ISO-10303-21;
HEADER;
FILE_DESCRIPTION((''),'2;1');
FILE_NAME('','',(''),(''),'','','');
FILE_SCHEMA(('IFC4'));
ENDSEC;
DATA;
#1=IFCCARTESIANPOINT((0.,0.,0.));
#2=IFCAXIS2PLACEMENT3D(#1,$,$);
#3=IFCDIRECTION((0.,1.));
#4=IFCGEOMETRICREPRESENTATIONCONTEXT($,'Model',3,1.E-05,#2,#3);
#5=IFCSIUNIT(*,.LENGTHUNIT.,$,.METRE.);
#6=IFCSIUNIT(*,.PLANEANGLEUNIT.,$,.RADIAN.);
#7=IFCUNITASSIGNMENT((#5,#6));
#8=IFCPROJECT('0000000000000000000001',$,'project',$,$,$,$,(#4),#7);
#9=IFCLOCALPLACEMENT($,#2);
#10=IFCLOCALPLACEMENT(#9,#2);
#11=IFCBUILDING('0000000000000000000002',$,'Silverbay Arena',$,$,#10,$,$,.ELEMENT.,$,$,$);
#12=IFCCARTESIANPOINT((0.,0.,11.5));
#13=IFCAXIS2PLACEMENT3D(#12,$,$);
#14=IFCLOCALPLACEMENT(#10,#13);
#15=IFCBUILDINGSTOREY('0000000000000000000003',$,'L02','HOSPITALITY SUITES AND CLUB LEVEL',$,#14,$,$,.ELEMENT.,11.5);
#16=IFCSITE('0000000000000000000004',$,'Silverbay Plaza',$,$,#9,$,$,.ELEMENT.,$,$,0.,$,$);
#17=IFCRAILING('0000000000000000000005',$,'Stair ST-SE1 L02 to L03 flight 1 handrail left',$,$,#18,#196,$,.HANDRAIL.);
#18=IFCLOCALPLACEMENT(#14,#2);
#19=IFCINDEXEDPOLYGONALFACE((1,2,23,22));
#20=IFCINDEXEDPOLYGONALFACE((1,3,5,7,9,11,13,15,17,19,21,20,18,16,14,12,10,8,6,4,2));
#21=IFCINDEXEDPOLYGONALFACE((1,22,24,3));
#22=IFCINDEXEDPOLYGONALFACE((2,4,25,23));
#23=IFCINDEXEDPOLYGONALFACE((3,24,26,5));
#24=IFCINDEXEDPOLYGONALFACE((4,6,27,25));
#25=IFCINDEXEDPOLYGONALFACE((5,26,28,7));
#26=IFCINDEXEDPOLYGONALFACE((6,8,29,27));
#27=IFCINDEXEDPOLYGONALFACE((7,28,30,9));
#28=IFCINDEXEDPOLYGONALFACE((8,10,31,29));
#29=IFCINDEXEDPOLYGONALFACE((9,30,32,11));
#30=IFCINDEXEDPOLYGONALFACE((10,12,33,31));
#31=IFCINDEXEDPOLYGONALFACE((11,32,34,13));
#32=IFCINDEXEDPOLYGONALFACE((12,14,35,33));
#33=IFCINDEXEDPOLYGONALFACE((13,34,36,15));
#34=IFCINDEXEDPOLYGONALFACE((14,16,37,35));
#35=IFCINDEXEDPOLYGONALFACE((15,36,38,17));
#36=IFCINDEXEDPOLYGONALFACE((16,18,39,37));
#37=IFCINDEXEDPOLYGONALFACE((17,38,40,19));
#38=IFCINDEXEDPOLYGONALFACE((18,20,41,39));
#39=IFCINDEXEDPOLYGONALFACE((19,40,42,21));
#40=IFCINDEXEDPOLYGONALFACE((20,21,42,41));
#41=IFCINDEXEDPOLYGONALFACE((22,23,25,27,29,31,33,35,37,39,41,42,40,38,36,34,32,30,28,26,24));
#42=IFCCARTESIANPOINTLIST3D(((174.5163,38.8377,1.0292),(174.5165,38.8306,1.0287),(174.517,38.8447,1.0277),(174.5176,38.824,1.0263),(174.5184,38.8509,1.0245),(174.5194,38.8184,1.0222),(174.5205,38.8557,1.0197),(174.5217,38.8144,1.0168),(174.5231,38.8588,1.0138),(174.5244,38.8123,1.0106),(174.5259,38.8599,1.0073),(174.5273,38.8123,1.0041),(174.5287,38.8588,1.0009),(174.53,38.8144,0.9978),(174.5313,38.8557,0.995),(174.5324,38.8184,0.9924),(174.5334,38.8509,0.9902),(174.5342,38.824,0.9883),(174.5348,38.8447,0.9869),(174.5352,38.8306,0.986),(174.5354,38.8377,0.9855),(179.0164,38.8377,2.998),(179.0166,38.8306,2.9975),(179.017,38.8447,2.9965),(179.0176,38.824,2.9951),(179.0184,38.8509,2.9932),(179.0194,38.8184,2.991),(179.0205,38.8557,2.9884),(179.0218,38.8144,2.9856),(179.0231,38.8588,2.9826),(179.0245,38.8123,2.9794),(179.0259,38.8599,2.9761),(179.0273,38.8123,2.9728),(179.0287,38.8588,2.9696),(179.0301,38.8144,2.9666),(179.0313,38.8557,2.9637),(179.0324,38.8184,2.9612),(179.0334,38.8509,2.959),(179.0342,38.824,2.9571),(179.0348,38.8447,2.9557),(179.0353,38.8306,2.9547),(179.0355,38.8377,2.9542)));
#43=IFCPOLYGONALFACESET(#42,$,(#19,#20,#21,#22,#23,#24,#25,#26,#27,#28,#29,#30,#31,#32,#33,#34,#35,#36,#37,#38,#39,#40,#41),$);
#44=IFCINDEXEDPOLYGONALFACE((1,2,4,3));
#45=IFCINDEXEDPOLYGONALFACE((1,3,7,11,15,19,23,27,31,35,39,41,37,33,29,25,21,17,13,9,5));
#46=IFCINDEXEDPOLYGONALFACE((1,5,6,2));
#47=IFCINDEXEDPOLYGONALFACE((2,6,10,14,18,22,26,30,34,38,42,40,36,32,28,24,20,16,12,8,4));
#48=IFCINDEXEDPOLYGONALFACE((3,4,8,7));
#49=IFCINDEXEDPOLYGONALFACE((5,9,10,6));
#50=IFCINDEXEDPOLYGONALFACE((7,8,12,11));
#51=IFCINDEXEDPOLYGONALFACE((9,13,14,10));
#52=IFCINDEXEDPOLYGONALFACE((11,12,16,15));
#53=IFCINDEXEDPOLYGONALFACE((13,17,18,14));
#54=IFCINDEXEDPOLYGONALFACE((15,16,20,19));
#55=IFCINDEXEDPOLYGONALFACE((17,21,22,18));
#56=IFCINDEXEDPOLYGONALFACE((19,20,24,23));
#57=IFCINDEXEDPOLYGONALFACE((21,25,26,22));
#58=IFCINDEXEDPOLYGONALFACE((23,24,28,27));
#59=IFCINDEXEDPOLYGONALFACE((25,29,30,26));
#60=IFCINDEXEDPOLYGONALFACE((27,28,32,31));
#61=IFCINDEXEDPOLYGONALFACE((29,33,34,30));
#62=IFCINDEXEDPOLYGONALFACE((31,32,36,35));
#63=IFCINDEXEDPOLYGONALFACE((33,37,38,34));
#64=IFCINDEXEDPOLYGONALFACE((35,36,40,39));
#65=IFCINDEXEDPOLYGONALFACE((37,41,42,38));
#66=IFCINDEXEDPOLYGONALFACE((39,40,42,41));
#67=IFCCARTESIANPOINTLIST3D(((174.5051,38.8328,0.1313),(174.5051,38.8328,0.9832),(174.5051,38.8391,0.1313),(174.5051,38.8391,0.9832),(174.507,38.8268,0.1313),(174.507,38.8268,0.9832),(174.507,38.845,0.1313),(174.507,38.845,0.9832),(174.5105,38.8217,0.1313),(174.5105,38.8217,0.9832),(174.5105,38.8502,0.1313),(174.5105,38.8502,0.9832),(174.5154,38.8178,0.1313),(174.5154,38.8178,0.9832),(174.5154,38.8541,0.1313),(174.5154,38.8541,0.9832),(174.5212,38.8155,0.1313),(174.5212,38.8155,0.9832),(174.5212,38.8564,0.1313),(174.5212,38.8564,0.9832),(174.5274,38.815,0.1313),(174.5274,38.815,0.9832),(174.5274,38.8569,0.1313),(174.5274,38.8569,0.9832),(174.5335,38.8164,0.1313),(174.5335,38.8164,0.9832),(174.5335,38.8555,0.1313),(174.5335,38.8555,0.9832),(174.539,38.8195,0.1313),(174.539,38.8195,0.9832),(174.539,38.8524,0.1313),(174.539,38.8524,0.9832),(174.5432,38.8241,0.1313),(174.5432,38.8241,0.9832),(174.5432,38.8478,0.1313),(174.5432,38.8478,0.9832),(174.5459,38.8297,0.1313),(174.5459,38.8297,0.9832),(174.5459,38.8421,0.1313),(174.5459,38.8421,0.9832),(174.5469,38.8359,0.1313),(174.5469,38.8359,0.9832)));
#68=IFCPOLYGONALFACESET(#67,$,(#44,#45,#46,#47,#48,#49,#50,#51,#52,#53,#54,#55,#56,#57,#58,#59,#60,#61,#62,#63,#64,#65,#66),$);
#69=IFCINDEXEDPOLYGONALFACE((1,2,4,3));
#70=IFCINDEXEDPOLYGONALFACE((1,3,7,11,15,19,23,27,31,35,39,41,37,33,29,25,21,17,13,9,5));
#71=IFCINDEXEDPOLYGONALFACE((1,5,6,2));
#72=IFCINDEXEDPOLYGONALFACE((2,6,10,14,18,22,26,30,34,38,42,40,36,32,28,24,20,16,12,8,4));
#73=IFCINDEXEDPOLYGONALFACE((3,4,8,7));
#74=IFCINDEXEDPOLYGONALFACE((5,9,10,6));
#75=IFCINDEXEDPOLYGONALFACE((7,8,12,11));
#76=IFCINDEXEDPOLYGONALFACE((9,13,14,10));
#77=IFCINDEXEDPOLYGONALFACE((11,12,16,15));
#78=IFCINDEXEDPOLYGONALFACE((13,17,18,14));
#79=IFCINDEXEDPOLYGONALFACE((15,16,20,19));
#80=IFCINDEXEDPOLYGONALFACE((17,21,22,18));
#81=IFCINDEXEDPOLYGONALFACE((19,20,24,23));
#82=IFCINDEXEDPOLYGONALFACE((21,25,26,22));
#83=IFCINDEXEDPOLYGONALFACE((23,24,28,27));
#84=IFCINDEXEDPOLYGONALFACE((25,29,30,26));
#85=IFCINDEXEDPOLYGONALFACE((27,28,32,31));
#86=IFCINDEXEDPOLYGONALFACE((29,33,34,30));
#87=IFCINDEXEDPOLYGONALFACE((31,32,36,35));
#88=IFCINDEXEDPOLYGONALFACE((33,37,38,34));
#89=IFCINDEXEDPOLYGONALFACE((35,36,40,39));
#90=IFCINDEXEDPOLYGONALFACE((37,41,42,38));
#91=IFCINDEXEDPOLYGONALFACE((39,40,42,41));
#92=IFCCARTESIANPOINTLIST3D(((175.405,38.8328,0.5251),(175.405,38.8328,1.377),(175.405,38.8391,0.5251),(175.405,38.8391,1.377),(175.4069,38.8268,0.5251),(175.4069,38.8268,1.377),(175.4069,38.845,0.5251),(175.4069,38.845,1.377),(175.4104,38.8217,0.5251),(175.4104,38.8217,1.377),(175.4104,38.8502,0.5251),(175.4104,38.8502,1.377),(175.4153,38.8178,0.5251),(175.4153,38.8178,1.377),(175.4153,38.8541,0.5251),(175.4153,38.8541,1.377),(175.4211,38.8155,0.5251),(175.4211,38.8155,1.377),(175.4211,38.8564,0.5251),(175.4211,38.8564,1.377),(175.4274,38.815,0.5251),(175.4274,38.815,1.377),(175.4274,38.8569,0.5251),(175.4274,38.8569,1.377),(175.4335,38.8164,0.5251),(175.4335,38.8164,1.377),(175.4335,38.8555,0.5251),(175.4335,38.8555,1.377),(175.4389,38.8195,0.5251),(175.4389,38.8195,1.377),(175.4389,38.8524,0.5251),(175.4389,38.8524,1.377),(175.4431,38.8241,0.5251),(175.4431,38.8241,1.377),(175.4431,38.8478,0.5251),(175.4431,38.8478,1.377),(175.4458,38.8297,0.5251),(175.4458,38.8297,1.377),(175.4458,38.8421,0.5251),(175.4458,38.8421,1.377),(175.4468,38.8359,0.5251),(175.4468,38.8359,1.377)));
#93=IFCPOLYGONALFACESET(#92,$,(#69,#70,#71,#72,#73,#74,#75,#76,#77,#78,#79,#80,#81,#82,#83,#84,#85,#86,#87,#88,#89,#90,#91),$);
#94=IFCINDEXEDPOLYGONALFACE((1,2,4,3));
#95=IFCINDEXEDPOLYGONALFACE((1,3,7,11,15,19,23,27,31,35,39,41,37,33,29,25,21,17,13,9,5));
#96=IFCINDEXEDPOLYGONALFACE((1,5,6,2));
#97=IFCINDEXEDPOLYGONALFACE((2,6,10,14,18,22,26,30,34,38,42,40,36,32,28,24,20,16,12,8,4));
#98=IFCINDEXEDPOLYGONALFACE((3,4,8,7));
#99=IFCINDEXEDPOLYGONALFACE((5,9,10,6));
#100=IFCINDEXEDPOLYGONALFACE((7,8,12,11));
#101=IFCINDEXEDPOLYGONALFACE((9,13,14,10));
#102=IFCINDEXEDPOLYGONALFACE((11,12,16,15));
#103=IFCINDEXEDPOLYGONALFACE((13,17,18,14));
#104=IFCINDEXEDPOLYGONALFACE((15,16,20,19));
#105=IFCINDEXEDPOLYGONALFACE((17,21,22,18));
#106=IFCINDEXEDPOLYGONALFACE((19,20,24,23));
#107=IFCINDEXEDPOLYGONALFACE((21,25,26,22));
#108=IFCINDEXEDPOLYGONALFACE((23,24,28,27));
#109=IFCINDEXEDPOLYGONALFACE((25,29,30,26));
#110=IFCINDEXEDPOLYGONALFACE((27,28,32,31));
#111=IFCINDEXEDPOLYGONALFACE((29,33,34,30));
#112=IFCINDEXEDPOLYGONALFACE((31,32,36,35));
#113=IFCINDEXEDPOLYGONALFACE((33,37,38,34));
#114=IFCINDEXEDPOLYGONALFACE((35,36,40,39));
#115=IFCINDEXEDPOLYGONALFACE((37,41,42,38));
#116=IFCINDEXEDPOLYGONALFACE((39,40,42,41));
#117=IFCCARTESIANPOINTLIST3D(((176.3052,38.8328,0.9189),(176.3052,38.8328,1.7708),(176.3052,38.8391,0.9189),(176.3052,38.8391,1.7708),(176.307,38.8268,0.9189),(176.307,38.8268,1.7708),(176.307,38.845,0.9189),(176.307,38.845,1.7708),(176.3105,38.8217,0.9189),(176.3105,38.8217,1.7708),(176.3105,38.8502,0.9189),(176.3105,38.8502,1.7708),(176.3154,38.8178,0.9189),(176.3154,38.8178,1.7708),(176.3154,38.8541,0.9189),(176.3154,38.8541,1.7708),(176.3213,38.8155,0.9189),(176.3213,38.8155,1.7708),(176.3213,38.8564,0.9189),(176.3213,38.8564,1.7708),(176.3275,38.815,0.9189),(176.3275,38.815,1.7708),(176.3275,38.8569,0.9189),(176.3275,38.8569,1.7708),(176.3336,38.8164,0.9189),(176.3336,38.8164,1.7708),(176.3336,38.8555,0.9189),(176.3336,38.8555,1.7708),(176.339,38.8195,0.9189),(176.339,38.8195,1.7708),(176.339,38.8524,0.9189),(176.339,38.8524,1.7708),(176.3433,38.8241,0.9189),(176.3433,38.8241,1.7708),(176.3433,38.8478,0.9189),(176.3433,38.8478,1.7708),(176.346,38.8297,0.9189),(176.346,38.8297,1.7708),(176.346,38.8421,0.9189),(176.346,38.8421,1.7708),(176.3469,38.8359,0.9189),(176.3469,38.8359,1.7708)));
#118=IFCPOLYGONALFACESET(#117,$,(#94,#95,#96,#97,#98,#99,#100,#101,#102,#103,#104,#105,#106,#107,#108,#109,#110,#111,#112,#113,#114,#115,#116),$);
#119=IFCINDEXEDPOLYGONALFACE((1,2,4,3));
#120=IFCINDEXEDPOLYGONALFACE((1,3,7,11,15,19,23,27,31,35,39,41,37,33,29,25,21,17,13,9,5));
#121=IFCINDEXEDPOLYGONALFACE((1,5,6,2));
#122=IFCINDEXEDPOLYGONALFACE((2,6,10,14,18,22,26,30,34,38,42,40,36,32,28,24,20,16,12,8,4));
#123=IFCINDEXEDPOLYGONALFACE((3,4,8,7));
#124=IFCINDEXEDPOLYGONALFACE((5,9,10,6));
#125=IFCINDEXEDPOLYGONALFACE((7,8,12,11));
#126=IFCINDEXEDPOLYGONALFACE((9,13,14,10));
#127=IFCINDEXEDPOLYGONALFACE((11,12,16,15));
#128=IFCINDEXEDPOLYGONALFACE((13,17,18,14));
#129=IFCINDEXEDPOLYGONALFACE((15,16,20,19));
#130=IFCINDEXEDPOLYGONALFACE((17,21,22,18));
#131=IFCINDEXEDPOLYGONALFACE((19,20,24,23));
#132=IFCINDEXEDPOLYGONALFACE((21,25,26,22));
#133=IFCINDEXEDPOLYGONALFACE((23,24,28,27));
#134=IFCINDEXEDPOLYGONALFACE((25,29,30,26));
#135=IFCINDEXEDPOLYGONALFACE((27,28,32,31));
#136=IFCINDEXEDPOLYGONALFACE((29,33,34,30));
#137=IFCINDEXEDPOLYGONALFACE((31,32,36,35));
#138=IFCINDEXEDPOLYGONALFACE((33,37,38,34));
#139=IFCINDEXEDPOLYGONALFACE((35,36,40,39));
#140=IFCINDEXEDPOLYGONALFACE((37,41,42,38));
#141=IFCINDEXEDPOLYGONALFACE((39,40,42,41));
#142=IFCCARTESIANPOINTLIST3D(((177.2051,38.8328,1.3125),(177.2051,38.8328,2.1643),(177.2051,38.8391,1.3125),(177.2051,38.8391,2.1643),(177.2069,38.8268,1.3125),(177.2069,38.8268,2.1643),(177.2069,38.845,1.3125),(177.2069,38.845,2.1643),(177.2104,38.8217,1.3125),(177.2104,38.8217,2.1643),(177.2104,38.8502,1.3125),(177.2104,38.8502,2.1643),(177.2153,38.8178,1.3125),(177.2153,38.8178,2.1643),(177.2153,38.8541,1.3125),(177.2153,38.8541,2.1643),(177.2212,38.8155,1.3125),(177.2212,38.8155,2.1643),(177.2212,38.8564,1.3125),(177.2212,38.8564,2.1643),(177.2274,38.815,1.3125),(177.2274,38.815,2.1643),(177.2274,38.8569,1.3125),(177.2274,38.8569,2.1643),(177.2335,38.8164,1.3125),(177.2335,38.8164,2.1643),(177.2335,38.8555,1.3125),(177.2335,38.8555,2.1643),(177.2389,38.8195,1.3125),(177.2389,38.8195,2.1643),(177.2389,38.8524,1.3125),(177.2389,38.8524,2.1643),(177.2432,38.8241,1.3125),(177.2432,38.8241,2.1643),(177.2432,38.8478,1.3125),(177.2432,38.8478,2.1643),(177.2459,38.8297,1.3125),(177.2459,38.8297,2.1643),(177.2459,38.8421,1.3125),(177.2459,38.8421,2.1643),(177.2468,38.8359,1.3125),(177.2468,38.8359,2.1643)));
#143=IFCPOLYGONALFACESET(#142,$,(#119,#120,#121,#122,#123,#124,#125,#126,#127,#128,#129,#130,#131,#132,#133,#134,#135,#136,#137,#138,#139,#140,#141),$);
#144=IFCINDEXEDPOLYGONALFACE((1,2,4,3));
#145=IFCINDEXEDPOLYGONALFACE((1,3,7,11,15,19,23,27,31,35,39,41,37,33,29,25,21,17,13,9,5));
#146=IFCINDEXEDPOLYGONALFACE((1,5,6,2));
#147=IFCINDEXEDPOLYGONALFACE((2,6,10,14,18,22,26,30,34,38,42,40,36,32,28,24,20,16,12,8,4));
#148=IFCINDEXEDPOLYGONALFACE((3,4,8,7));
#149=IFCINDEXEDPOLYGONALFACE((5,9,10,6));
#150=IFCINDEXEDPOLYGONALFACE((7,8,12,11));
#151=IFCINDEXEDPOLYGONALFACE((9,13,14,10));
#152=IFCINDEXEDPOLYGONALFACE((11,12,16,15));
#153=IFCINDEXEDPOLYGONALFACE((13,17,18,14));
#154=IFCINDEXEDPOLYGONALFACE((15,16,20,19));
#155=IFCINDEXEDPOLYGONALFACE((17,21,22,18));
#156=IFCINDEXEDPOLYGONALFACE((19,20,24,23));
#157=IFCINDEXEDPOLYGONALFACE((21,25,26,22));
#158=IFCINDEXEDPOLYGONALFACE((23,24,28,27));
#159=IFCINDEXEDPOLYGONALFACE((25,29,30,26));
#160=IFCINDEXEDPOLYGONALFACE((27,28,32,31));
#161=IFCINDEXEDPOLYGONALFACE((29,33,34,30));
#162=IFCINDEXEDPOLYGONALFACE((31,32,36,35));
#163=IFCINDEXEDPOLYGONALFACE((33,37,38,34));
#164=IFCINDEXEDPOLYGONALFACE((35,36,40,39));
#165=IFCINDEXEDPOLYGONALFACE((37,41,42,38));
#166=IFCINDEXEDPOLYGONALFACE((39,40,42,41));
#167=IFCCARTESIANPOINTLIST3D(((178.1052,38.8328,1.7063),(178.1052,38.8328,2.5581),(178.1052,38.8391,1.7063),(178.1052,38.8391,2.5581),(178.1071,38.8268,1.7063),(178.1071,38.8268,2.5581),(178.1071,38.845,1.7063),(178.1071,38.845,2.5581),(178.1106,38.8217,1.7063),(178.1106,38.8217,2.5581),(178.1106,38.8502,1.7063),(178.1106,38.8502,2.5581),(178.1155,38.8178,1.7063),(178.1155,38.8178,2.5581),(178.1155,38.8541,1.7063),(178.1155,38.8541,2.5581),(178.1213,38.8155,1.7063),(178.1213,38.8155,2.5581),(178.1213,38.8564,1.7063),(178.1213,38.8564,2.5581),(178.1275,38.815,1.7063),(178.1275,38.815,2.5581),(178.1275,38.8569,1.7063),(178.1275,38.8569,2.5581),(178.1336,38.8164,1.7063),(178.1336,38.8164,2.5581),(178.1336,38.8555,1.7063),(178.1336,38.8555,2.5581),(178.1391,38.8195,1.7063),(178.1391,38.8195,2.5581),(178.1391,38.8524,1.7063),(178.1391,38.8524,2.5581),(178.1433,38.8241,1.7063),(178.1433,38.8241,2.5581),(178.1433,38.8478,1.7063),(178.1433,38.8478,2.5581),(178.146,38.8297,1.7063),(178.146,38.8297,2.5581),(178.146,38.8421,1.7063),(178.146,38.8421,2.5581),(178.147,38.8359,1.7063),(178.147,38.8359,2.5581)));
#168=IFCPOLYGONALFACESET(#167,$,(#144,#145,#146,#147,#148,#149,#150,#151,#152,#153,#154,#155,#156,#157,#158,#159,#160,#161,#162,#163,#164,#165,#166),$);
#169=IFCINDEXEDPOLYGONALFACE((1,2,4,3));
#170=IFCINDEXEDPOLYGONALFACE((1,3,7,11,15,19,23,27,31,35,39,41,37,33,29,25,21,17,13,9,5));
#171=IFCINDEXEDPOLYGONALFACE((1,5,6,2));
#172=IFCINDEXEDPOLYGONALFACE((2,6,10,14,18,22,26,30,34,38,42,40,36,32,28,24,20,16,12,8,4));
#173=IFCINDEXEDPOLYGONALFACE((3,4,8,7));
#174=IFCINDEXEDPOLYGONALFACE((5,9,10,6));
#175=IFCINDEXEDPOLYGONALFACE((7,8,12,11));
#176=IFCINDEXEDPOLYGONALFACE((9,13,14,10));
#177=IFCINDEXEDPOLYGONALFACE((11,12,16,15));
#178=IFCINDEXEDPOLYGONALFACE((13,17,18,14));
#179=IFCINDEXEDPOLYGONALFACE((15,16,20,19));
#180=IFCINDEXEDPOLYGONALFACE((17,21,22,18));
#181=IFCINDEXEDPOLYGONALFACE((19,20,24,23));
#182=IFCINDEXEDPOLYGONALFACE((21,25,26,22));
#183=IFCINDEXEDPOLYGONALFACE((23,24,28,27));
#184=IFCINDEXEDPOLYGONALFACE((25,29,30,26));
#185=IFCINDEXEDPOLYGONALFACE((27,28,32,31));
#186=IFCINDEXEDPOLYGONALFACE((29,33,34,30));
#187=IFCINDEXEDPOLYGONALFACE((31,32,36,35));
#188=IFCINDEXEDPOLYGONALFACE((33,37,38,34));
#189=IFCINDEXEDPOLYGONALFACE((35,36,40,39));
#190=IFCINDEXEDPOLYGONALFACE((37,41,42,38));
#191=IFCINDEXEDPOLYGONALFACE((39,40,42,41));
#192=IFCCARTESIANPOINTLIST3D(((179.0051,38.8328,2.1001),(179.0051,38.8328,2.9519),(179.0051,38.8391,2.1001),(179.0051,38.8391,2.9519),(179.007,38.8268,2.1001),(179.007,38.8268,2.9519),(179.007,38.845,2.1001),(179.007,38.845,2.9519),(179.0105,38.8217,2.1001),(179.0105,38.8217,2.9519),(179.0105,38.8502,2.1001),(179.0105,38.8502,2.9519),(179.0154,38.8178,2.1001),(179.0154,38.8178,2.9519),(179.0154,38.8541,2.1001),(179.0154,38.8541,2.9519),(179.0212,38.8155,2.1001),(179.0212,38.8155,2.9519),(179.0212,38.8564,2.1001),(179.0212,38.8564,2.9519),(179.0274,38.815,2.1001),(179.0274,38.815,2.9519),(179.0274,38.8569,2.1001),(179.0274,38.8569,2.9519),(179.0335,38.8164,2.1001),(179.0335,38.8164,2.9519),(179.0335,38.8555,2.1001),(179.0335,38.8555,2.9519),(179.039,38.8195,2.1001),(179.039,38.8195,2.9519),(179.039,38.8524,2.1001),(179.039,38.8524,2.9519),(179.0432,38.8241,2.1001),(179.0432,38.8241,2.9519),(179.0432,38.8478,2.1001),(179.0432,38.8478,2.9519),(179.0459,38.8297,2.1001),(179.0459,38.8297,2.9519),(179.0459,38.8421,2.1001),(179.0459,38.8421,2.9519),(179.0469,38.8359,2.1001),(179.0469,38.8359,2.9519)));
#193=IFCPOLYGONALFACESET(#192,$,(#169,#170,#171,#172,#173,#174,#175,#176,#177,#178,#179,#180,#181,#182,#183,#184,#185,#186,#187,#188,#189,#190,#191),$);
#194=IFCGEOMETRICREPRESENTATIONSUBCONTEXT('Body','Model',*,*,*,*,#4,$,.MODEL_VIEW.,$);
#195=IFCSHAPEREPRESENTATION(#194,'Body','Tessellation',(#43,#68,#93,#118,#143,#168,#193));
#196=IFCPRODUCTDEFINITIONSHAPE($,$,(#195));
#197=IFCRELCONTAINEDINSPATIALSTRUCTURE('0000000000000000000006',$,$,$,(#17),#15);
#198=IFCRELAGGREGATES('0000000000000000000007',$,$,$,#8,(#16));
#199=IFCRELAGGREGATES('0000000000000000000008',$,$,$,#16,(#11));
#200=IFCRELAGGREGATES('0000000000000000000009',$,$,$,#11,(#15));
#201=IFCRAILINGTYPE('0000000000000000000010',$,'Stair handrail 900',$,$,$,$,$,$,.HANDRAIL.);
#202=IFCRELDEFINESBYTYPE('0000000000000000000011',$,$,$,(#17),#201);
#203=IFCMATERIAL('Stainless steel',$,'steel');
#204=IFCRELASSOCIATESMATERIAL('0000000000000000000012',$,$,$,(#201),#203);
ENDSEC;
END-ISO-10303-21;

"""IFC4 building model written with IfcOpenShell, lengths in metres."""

from ifc_helpers import new_model, si_unit, direction, frame, origin, origin_2d, place, context, subcontext, project, spatial, circle, extrude, material, type_object, element, save


model = new_model("IFC4")

# Units and contexts
model_context = context("Model", 3, precision=1e-05, world=origin(), true_north=direction((0.0, 1.0)))
body_context = subcontext(model_context, "Body", "Model", "MODEL_VIEW")
ifc_project = project(units=[si_unit("LENGTHUNIT", "METRE"), si_unit("PLANEANGLEUNIT", "RADIAN")], contexts=[model_context])

# Site, building, storey
site_placement = place(None, origin())
site = spatial("IfcSite", under=ifc_project, at=site_placement, Name="Silverbay Plaza", CompositionType="ELEMENT", RefElevation=0.0)
building_placement = place(site_placement, origin())
building = spatial("IfcBuilding", under=site, at=building_placement, Name="Silverbay Arena", CompositionType="ELEMENT")
storey_placement = place(building_placement, frame((0.0, 0.0, 11.5)))
storey = spatial("IfcBuildingStorey", under=building, at=storey_placement, Name="L02", Description="HOSPITALITY SUITES AND CLUB LEVEL", CompositionType="ELEMENT", Elevation=11.5)

# Railing
ifc_material_1 = material(Name="Stainless steel", Category="steel")
railing_type_1 = type_object("IfcRailingType", Name="Stair handrail 900", PredefinedType="HANDRAIL", material=ifc_material_1)
for number, where, name in (
    (1, (174.5259, 38.8359, 0.1313), "Stair ST-SE1 L02 to L03 flight 1 handrail left"),
):
    element("IfcRailing", number, at=place(storey_placement, frame(where)), inside=storey, type_object=railing_type_1, Name=name, PredefinedType="HANDRAIL", context=body_context, shape_type="SweptSolid", body=[
        extrude(circle(Radius=0.0239, at=origin_2d()), frame((0.0, 0.0, 0.876), z_axis=(0.916157, 0.0, 0.400819), x_axis=(0.0, 1.0, 0.0)), (0.0, 0.0, 1.0), 4.9119),
        extrude(circle(Radius=0.021, at=origin_2d()), origin(), (0.0, 0.0, 1.0), 0.8518),
        extrude(circle(Radius=0.021, at=origin_2d()), frame((0.8999, 0.0, 0.3938)), (0.0, 0.0, 1.0), 0.8518),
        extrude(circle(Radius=0.021, at=origin_2d()), frame((1.8, 0.0, 0.7876)), (0.0, 0.0, 1.0), 0.8518),
        extrude(circle(Radius=0.021, at=origin_2d()), frame((2.7, 0.0, 1.1812)), (0.0, 0.0, 1.0), 0.8518),
        extrude(circle(Radius=0.021, at=origin_2d()), frame((3.6001, 0.0, 1.575)), (0.0, 0.0, 1.0), 0.8518),
        extrude(circle(Radius=0.021, at=origin_2d()), frame((4.5, 0.0, 1.9688)), (0.0, 0.0, 1.0), 0.8518),
    ])

save(model, "model.ifc")
